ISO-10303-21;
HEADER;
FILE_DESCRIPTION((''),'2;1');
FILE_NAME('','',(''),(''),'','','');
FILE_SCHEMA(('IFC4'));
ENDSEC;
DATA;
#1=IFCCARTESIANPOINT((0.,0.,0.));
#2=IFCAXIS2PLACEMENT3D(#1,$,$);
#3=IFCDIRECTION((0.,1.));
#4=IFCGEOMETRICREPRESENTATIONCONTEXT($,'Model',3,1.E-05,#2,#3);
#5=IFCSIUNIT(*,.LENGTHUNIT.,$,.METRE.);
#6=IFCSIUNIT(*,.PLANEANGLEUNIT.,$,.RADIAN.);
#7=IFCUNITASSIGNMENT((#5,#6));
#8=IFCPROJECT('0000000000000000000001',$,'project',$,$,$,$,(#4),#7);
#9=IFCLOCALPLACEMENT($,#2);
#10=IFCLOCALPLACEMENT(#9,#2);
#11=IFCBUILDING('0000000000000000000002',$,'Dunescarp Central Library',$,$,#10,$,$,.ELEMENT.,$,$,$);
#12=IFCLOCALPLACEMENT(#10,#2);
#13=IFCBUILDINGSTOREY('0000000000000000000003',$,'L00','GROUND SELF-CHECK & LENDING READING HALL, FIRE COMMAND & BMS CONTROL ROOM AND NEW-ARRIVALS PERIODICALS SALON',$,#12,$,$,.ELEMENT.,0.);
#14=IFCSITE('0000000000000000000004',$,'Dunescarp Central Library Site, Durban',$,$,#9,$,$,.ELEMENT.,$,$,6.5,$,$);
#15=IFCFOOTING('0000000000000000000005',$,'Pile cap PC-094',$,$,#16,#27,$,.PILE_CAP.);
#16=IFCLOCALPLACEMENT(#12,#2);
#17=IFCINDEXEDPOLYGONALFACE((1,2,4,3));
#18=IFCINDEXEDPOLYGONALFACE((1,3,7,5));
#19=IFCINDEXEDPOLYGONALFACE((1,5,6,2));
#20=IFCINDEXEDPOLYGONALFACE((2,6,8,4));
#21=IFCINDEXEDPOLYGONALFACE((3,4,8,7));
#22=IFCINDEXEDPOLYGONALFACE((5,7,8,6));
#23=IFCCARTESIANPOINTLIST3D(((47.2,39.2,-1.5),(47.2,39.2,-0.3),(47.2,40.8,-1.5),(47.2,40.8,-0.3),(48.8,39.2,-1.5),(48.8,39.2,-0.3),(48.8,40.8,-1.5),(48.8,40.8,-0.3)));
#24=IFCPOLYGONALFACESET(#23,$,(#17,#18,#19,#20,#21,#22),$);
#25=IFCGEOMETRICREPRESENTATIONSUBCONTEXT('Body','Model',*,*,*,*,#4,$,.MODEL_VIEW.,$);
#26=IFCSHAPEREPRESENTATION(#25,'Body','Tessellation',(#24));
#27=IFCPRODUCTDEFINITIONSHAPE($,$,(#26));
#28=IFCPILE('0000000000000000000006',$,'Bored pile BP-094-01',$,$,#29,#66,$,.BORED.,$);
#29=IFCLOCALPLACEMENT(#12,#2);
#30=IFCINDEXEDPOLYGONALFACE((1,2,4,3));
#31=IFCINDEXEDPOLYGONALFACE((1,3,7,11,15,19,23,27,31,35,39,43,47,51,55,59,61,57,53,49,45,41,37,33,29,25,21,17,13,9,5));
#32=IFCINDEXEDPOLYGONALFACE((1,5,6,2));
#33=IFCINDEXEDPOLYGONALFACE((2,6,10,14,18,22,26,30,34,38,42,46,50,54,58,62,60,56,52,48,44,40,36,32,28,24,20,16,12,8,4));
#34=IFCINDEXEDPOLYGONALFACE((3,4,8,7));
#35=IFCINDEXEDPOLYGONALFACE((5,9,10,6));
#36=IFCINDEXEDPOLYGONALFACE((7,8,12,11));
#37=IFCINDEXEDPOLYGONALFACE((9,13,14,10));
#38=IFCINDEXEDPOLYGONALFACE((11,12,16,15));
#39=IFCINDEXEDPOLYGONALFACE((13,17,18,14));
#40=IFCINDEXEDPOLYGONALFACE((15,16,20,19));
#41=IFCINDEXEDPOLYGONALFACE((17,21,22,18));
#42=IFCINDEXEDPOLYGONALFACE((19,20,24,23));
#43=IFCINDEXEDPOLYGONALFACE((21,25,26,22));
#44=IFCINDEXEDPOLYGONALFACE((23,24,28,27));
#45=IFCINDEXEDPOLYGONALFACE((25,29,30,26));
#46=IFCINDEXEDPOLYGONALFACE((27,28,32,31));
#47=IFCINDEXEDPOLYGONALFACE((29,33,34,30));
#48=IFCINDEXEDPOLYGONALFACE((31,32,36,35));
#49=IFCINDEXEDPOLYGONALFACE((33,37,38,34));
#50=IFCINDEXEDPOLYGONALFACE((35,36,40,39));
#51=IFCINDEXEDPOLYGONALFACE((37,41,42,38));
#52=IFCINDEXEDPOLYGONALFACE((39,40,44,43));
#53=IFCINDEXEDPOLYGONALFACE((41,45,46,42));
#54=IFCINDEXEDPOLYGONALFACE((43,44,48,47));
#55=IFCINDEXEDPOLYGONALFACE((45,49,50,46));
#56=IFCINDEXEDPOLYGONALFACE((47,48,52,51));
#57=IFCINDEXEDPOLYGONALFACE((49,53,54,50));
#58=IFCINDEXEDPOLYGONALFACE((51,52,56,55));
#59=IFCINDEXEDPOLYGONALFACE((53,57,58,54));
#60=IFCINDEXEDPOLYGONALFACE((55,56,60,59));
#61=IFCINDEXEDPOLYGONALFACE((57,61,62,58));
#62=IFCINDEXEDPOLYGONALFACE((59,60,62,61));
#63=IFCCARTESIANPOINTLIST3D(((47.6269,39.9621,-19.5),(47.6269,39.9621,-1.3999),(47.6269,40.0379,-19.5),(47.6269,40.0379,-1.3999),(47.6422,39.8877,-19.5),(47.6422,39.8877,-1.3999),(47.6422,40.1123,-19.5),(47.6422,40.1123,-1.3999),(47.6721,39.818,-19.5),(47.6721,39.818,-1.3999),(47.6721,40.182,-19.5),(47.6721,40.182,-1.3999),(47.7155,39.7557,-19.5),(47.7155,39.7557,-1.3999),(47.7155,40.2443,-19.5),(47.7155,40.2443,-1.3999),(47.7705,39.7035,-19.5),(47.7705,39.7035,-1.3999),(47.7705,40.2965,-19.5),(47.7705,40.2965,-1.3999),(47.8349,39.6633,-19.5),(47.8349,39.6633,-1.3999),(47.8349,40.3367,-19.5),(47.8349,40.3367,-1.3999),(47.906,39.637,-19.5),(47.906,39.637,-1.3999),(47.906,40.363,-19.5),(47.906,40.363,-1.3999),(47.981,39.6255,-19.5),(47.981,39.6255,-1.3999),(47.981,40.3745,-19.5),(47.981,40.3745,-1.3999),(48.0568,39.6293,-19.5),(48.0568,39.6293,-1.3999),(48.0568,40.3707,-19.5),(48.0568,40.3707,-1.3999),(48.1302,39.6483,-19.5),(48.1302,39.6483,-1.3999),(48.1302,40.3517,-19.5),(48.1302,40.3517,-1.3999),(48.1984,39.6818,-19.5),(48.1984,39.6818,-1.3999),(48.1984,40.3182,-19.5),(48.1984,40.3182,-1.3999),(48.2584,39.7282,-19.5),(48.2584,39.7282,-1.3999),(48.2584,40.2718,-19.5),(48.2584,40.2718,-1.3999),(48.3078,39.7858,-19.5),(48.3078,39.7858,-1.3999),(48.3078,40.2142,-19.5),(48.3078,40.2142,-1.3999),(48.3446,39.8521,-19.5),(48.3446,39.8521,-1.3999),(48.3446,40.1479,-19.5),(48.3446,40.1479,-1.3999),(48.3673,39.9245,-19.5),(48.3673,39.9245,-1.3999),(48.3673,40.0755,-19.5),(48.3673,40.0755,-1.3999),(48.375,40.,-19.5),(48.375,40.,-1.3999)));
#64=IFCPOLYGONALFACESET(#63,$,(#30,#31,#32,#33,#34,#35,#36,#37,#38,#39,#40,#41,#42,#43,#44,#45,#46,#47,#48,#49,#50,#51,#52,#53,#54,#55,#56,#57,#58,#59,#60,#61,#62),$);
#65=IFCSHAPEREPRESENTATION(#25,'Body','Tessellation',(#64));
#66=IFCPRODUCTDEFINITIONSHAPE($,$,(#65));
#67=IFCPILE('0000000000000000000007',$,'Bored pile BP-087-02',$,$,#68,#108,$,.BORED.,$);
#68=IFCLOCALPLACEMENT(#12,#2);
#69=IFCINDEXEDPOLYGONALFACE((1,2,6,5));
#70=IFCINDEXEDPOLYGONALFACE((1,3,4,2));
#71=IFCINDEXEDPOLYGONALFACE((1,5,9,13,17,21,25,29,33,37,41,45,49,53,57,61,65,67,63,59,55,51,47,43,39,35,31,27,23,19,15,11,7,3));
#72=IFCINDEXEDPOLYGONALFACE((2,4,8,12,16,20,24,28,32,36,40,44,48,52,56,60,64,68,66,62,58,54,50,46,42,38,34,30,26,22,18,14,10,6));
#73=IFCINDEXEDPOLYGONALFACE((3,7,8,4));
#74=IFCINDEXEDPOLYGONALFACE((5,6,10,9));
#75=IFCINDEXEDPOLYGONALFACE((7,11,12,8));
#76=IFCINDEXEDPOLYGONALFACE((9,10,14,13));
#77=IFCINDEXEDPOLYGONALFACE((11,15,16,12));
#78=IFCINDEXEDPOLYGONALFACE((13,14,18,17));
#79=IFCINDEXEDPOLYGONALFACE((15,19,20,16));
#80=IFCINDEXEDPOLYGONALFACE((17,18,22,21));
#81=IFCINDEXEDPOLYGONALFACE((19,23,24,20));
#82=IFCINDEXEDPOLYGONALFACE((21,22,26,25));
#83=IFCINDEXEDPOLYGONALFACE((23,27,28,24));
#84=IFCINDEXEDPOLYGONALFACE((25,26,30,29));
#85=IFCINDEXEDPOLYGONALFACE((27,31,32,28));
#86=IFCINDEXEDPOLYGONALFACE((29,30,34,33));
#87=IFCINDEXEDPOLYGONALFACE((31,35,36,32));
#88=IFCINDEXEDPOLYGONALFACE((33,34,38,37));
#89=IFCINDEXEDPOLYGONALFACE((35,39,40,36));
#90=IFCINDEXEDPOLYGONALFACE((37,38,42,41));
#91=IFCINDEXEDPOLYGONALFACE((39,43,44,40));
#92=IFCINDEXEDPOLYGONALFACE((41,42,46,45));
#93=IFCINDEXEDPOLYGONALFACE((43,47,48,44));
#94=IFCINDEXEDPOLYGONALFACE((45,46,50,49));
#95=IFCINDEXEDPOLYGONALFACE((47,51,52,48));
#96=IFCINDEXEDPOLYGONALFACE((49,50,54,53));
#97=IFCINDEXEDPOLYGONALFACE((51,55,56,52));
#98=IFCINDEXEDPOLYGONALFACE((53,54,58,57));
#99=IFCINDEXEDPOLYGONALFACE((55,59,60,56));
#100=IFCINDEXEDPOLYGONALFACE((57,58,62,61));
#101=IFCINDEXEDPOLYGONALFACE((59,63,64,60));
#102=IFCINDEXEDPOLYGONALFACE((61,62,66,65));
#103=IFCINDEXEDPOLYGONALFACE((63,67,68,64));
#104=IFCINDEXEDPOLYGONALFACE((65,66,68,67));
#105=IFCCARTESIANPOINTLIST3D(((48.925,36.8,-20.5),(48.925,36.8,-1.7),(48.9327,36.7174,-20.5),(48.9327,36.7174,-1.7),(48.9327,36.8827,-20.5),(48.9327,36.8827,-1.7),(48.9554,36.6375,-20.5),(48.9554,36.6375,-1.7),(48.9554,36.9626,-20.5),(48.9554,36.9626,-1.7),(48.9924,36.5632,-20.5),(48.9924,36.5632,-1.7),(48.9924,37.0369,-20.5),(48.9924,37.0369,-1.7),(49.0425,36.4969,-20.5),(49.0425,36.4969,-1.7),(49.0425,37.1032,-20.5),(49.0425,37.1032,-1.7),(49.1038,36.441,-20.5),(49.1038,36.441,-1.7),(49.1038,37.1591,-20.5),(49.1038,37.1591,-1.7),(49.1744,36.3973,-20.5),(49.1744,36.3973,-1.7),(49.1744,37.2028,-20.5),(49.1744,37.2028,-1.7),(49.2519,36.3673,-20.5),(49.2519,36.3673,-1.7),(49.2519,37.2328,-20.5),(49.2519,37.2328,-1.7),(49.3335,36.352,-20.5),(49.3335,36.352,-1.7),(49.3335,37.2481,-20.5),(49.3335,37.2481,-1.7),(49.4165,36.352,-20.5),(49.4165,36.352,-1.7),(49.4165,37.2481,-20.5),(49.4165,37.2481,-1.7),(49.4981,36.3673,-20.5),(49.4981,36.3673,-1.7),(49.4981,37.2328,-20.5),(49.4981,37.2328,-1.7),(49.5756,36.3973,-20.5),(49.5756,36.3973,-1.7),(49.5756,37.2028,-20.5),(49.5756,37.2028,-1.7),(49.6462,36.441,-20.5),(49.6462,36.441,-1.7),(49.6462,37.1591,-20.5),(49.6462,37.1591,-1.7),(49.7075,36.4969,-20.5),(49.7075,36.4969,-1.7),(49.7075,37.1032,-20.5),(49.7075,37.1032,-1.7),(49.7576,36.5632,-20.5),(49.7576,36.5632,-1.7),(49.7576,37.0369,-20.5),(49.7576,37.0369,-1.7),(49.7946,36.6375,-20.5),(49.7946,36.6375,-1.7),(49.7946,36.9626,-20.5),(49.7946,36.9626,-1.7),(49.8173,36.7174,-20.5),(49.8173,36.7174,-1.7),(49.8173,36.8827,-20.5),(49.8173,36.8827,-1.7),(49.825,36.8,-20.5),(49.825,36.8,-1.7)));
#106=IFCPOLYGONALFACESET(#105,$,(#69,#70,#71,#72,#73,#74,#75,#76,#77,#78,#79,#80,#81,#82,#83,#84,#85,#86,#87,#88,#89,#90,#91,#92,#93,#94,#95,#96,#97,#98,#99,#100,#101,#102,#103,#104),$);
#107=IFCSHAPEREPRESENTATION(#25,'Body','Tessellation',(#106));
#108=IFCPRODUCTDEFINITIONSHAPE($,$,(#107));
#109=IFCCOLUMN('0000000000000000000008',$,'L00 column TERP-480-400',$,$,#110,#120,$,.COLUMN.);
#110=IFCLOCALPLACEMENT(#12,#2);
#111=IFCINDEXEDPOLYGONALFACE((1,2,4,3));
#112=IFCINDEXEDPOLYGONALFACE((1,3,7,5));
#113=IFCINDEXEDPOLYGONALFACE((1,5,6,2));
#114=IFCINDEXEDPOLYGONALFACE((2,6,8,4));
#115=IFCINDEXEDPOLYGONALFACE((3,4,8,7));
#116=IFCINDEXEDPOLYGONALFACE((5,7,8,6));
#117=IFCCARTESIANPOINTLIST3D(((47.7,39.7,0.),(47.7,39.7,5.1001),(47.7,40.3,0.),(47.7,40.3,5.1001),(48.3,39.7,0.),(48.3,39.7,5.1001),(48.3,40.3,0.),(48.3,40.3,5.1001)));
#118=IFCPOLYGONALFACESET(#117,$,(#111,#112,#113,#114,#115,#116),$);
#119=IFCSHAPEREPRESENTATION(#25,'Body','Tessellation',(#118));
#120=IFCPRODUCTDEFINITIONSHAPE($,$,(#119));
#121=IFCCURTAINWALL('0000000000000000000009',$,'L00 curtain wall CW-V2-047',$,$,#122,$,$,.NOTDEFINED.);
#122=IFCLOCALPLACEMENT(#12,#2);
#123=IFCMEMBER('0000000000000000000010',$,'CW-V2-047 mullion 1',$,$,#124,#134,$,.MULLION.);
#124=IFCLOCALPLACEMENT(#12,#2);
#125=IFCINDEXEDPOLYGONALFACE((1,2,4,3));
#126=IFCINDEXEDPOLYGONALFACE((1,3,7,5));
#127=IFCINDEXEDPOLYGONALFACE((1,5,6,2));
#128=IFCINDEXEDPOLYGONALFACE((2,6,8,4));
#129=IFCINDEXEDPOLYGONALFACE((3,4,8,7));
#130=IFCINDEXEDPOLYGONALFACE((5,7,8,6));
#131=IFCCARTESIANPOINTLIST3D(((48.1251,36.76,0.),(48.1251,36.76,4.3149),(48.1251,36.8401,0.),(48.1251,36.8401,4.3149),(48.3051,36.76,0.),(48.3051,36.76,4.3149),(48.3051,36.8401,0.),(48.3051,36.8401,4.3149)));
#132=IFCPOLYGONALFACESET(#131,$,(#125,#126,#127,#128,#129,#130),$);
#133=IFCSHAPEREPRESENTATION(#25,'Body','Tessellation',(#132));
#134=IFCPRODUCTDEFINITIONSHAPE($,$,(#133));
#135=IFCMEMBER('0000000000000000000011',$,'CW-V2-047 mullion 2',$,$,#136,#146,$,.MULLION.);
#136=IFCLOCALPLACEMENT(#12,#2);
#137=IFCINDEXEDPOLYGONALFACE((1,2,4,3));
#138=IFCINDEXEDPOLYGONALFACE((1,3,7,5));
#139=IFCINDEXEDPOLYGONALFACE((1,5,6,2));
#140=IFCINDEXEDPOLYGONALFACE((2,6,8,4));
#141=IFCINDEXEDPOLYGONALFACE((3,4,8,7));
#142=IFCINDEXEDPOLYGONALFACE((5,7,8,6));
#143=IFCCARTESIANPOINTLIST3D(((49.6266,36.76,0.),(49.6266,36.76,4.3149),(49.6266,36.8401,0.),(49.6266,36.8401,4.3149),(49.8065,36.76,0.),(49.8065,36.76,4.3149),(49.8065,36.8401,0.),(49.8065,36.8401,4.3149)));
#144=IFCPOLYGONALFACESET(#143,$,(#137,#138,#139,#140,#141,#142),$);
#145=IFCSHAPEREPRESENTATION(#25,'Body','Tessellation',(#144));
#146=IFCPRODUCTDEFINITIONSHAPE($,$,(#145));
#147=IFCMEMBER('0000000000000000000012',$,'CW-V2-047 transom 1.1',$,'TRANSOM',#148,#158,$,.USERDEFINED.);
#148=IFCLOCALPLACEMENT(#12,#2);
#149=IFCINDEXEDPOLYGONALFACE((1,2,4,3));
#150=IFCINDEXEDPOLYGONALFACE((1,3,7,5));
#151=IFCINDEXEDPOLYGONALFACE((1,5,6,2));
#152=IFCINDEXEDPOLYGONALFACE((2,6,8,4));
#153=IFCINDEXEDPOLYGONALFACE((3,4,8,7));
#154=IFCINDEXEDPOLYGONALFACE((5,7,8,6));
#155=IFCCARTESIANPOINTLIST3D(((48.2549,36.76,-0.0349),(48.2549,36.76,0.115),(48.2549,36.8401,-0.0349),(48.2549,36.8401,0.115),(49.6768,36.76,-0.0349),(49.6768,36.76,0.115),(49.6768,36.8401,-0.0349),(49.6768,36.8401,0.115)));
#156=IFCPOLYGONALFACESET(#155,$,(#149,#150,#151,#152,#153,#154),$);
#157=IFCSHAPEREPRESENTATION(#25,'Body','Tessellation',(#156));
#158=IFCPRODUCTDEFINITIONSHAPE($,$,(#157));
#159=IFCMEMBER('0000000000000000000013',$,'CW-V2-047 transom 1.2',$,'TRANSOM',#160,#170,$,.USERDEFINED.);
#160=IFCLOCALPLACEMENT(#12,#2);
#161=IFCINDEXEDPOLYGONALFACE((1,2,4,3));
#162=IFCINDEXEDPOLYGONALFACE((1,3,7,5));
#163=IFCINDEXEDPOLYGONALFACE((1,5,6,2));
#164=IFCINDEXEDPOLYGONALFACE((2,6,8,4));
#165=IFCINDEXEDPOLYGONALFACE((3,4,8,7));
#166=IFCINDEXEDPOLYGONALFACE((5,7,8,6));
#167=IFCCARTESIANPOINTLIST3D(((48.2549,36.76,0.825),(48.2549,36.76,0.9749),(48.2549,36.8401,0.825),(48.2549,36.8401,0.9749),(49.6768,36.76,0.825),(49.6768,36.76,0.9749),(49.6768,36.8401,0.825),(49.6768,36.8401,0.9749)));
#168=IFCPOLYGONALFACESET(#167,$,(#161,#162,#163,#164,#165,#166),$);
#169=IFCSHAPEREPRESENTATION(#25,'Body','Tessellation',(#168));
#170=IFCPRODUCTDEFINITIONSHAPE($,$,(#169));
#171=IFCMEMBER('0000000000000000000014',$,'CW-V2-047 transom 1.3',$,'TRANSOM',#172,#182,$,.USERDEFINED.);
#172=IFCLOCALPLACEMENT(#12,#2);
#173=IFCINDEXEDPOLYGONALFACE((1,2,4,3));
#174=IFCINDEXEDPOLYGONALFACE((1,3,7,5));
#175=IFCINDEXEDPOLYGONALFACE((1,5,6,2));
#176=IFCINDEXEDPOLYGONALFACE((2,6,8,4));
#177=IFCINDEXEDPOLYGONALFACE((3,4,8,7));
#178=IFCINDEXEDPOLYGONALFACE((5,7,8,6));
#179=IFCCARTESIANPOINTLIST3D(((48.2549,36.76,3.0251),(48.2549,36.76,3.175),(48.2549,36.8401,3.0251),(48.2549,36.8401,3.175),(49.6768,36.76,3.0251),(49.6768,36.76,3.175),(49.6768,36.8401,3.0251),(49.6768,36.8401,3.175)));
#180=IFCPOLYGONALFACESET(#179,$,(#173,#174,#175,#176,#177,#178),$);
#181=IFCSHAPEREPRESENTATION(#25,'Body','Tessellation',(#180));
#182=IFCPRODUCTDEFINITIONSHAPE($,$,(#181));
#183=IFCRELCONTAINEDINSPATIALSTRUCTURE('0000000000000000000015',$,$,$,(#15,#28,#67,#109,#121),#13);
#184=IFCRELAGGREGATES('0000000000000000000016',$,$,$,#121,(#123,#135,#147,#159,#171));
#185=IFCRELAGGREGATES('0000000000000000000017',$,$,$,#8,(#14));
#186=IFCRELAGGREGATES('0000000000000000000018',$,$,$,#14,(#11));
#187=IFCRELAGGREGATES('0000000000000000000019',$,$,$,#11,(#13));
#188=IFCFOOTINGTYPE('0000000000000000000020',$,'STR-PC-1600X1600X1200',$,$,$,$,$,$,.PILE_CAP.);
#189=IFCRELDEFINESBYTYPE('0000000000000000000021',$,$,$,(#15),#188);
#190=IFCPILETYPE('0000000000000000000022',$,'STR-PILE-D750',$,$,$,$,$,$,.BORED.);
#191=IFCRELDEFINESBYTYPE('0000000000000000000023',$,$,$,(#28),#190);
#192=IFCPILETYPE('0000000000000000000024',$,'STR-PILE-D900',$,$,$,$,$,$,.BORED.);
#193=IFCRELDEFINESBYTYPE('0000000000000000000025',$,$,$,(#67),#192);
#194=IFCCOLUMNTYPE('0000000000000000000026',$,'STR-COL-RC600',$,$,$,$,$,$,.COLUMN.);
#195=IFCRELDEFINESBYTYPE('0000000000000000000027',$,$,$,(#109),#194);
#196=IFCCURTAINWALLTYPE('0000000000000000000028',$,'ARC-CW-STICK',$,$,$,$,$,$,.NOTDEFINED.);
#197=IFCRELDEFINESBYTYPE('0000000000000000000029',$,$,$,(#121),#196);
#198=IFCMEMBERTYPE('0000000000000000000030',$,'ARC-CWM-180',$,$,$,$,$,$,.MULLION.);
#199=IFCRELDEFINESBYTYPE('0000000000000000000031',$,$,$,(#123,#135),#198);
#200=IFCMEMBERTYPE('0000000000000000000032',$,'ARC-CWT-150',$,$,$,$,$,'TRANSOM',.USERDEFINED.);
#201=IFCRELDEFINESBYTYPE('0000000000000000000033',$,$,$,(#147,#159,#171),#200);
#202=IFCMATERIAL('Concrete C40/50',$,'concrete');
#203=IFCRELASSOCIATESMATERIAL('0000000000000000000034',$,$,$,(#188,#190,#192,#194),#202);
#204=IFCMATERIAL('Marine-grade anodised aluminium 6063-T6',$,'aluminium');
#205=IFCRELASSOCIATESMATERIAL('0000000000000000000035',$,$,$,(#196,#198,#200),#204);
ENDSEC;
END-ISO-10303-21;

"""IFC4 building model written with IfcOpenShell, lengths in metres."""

from ifc_helpers import new_model, si_unit, direction, frame, origin, origin_2d, place, context, subcontext, project, spatial, rectangle, circle, extrude, material, material_profile, profile_set, type_object, element, aggregate, save


model = new_model("IFC4")

# Units and contexts
model_context = context("Model", 3, precision=1e-05, world=origin(), true_north=direction((0.0, 1.0)))
body_context = subcontext(model_context, "Body", "Model", "MODEL_VIEW")
ifc_project = project(units=[si_unit("LENGTHUNIT", "METRE"), si_unit("PLANEANGLEUNIT", "RADIAN")], contexts=[model_context])

# Site, building, storey
site_placement = place(None, origin())
site = spatial("IfcSite", under=ifc_project, at=site_placement, Name="Dunescarp Central Library Site, Durban", CompositionType="ELEMENT", RefElevation=6.5)
building_placement = place(site_placement, origin())
building = spatial("IfcBuilding", under=site, at=building_placement, Name="Dunescarp Central Library", CompositionType="ELEMENT")
storey_placement = place(building_placement, origin())
storey = spatial("IfcBuildingStorey", under=building, at=storey_placement, Name="L00", Description="GROUND SELF-CHECK & LENDING READING HALL, FIRE COMMAND & BMS CONTROL ROOM AND NEW-ARRIVALS PERIODICALS SALON", CompositionType="ELEMENT", Elevation=0.0)

# Footing
ifc_material_1 = material(Name="Concrete C40/50", Category="concrete")
footing_type = type_object("IfcFootingType", Name="STR-PC-1600X1600X1200", PredefinedType="PILE_CAP", material=ifc_material_1)
footing_placement = place(storey_placement, frame((48.0, 40.0, -1.5), z_axis=(0.0, 0.0, 1.0), x_axis=(1.0, 0.0, 0.0)))
element("IfcFooting", 1, at=footing_placement, inside=storey, type_object=footing_type, Name="Pile cap PC-094", PredefinedType="PILE_CAP", context=body_context, shape_type="SweptSolid", body=[
    extrude(rectangle(XDim=1.6001, YDim=1.6001, at=origin_2d()), origin(), (0.0, 0.0, 1.0), 1.2),
])

# Piles
ifc_material_profile_1 = material_profile(ifc_material_1, circle(Radius=0.375, at=origin_2d()), Name="PILE D750")
ifc_profile_set_1 = profile_set([ifc_material_profile_1], Name="Concrete C40/50")
pile_type_1 = type_object("IfcPileType", Name="STR-PILE-D750", PredefinedType="BORED", material=ifc_profile_set_1)
pile_1_placement = place(storey_placement, frame((48.0, 40.0, -1.3999), z_axis=(0.0, 0.0, -1.0), x_axis=(1.0, 0.0, 0.0)))
element("IfcPile", 2, at=pile_1_placement, inside=storey, type_object=pile_type_1, Name="Bored pile BP-094-01", PredefinedType="BORED", context=body_context, shape_type="SweptSolid", body=[
    extrude(circle(Radius=0.375, at=origin_2d()), origin(), (0.0, 0.0, 1.0), 18.1001),
])
ifc_material_profile_2 = material_profile(ifc_material_1, circle(Radius=0.45, at=origin_2d()), Name="PILE D900")
ifc_profile_set_2 = profile_set([ifc_material_profile_2], Name="Concrete C40/50")
pile_type_2 = type_object("IfcPileType", Name="STR-PILE-D900", PredefinedType="BORED", material=ifc_profile_set_2)
pile_2_placement = place(storey_placement, frame((49.375, 36.8, -1.7), z_axis=(0.0, 0.0, -1.0), x_axis=(1.0, 0.0, 0.0)))
element("IfcPile", 3, at=pile_2_placement, inside=storey, type_object=pile_type_2, Name="Bored pile BP-087-02", PredefinedType="BORED", context=body_context, shape_type="SweptSolid", body=[
    extrude(circle(Radius=0.45, at=origin_2d()), origin(), (0.0, 0.0, 1.0), 18.8),
])

# Column
ifc_material_profile_3 = material_profile(ifc_material_1, rectangle(XDim=0.6001, YDim=0.6001, at=origin_2d()), Name="RC 600x600")
ifc_profile_set_3 = profile_set([ifc_material_profile_3], Name="Concrete C40/50")
column_type = type_object("IfcColumnType", Name="STR-COL-RC600", PredefinedType="COLUMN", material=ifc_profile_set_3)
column_placement = place(storey_placement, frame((48.0, 40.0, 0.0), z_axis=(0.0, 0.0, 1.0), x_axis=(1.0, 0.0, 0.0)))
element("IfcColumn", 4, at=column_placement, inside=storey, type_object=column_type, Name="L00 column TERP-480-400", PredefinedType="COLUMN", context=body_context, shape_type="SweptSolid", body=[
    extrude(rectangle(XDim=0.6001, YDim=0.6001, at=origin_2d()), origin(), (0.0, 0.0, 1.0), 5.1001),
])

# Curtain wall, members
ifc_material_2 = material(Name="Marine-grade anodised aluminium 6063-T6", Category="aluminium")
curtain_wall_type = type_object("IfcCurtainWallType", Name="ARC-CW-STICK", PredefinedType="NOTDEFINED", material=ifc_material_2)
curtain_wall_placement = place(storey_placement, origin())
curtain_wall = element("IfcCurtainWall", 5, at=curtain_wall_placement, inside=storey, type_object=curtain_wall_type, Name="L00 curtain wall CW-V2-047", PredefinedType="NOTDEFINED")
ifc_material_profile_4 = material_profile(ifc_material_2, rectangle(XDim=0.0801, YDim=0.1799, at=origin_2d()), Name="AL 80x180")
ifc_profile_set_4 = profile_set([ifc_material_profile_4], Name="Marine-grade anodised aluminium 6063-T6")
member_type_1 = type_object("IfcMemberType", Name="ARC-CWM-180", PredefinedType="MULLION", material=ifc_profile_set_4)
member_1_placement = place(storey_placement, frame((48.2151, 36.8, 0.0), z_axis=(0.0, 0.0, 1.0), x_axis=(0.0, 1.0, 0.0)))
member_1 = element("IfcMember", 6, at=member_1_placement, type_object=member_type_1, Name="CW-V2-047 mullion 1", PredefinedType="MULLION", context=body_context, shape_type="SweptSolid", body=[
    extrude(rectangle(XDim=0.0801, YDim=0.1799, at=origin_2d()), origin(), (0.0, 0.0, 1.0), 4.3149),
])
member_2_placement = place(storey_placement, frame((49.7166, 36.8, 0.0), z_axis=(0.0, 0.0, 1.0), x_axis=(0.0, 1.0, 0.0)))
member_2 = element("IfcMember", 7, at=member_2_placement, type_object=member_type_1, Name="CW-V2-047 mullion 2", PredefinedType="MULLION", context=body_context, shape_type="SweptSolid", body=[
    extrude(rectangle(XDim=0.0801, YDim=0.1799, at=origin_2d()), origin(), (0.0, 0.0, 1.0), 4.3149),
])
ifc_material_profile_5 = material_profile(ifc_material_2, rectangle(XDim=0.0801, YDim=0.1499, at=origin_2d()), Name="AL 80x150")
ifc_profile_set_5 = profile_set([ifc_material_profile_5], Name="Marine-grade anodised aluminium 6063-T6")
member_type_2 = type_object("IfcMemberType", Name="ARC-CWT-150", ElementType="TRANSOM", PredefinedType="USERDEFINED", material=ifc_profile_set_5)
member_3_placement = place(storey_placement, frame((48.2549, 36.8, 0.04), z_axis=(1.0, 0.0, 0.0), x_axis=(0.0, 1.0, 0.0)))
member_3 = element("IfcMember", 8, at=member_3_placement, type_object=member_type_2, Name="CW-V2-047 transom 1.1", ObjectType="TRANSOM", PredefinedType="USERDEFINED", context=body_context, shape_type="SweptSolid", body=[
    extrude(rectangle(XDim=0.0801, YDim=0.1499, at=origin_2d()), origin(), (0.0, 0.0, 1.0), 1.4219),
])
member_4_placement = place(storey_placement, frame((48.2549, 36.8, 0.8999), z_axis=(1.0, 0.0, 0.0), x_axis=(0.0, 1.0, 0.0)))
member_4 = element("IfcMember", 9, at=member_4_placement, type_object=member_type_2, Name="CW-V2-047 transom 1.2", ObjectType="TRANSOM", PredefinedType="USERDEFINED", context=body_context, shape_type="SweptSolid", body=[
    extrude(rectangle(XDim=0.0801, YDim=0.1499, at=origin_2d()), origin(), (0.0, 0.0, 1.0), 1.4219),
])
member_5_placement = place(storey_placement, frame((48.2549, 36.8, 3.1001), z_axis=(1.0, 0.0, 0.0), x_axis=(0.0, 1.0, 0.0)))
member_5 = element("IfcMember", 10, at=member_5_placement, type_object=member_type_2, Name="CW-V2-047 transom 1.3", ObjectType="TRANSOM", PredefinedType="USERDEFINED", context=body_context, shape_type="SweptSolid", body=[
    extrude(rectangle(XDim=0.0801, YDim=0.1499, at=origin_2d()), origin(), (0.0, 0.0, 1.0), 1.4219),
])
aggregate(curtain_wall, [member_1, member_2, member_3, member_4, member_5])

save(model, "model.ifc")
